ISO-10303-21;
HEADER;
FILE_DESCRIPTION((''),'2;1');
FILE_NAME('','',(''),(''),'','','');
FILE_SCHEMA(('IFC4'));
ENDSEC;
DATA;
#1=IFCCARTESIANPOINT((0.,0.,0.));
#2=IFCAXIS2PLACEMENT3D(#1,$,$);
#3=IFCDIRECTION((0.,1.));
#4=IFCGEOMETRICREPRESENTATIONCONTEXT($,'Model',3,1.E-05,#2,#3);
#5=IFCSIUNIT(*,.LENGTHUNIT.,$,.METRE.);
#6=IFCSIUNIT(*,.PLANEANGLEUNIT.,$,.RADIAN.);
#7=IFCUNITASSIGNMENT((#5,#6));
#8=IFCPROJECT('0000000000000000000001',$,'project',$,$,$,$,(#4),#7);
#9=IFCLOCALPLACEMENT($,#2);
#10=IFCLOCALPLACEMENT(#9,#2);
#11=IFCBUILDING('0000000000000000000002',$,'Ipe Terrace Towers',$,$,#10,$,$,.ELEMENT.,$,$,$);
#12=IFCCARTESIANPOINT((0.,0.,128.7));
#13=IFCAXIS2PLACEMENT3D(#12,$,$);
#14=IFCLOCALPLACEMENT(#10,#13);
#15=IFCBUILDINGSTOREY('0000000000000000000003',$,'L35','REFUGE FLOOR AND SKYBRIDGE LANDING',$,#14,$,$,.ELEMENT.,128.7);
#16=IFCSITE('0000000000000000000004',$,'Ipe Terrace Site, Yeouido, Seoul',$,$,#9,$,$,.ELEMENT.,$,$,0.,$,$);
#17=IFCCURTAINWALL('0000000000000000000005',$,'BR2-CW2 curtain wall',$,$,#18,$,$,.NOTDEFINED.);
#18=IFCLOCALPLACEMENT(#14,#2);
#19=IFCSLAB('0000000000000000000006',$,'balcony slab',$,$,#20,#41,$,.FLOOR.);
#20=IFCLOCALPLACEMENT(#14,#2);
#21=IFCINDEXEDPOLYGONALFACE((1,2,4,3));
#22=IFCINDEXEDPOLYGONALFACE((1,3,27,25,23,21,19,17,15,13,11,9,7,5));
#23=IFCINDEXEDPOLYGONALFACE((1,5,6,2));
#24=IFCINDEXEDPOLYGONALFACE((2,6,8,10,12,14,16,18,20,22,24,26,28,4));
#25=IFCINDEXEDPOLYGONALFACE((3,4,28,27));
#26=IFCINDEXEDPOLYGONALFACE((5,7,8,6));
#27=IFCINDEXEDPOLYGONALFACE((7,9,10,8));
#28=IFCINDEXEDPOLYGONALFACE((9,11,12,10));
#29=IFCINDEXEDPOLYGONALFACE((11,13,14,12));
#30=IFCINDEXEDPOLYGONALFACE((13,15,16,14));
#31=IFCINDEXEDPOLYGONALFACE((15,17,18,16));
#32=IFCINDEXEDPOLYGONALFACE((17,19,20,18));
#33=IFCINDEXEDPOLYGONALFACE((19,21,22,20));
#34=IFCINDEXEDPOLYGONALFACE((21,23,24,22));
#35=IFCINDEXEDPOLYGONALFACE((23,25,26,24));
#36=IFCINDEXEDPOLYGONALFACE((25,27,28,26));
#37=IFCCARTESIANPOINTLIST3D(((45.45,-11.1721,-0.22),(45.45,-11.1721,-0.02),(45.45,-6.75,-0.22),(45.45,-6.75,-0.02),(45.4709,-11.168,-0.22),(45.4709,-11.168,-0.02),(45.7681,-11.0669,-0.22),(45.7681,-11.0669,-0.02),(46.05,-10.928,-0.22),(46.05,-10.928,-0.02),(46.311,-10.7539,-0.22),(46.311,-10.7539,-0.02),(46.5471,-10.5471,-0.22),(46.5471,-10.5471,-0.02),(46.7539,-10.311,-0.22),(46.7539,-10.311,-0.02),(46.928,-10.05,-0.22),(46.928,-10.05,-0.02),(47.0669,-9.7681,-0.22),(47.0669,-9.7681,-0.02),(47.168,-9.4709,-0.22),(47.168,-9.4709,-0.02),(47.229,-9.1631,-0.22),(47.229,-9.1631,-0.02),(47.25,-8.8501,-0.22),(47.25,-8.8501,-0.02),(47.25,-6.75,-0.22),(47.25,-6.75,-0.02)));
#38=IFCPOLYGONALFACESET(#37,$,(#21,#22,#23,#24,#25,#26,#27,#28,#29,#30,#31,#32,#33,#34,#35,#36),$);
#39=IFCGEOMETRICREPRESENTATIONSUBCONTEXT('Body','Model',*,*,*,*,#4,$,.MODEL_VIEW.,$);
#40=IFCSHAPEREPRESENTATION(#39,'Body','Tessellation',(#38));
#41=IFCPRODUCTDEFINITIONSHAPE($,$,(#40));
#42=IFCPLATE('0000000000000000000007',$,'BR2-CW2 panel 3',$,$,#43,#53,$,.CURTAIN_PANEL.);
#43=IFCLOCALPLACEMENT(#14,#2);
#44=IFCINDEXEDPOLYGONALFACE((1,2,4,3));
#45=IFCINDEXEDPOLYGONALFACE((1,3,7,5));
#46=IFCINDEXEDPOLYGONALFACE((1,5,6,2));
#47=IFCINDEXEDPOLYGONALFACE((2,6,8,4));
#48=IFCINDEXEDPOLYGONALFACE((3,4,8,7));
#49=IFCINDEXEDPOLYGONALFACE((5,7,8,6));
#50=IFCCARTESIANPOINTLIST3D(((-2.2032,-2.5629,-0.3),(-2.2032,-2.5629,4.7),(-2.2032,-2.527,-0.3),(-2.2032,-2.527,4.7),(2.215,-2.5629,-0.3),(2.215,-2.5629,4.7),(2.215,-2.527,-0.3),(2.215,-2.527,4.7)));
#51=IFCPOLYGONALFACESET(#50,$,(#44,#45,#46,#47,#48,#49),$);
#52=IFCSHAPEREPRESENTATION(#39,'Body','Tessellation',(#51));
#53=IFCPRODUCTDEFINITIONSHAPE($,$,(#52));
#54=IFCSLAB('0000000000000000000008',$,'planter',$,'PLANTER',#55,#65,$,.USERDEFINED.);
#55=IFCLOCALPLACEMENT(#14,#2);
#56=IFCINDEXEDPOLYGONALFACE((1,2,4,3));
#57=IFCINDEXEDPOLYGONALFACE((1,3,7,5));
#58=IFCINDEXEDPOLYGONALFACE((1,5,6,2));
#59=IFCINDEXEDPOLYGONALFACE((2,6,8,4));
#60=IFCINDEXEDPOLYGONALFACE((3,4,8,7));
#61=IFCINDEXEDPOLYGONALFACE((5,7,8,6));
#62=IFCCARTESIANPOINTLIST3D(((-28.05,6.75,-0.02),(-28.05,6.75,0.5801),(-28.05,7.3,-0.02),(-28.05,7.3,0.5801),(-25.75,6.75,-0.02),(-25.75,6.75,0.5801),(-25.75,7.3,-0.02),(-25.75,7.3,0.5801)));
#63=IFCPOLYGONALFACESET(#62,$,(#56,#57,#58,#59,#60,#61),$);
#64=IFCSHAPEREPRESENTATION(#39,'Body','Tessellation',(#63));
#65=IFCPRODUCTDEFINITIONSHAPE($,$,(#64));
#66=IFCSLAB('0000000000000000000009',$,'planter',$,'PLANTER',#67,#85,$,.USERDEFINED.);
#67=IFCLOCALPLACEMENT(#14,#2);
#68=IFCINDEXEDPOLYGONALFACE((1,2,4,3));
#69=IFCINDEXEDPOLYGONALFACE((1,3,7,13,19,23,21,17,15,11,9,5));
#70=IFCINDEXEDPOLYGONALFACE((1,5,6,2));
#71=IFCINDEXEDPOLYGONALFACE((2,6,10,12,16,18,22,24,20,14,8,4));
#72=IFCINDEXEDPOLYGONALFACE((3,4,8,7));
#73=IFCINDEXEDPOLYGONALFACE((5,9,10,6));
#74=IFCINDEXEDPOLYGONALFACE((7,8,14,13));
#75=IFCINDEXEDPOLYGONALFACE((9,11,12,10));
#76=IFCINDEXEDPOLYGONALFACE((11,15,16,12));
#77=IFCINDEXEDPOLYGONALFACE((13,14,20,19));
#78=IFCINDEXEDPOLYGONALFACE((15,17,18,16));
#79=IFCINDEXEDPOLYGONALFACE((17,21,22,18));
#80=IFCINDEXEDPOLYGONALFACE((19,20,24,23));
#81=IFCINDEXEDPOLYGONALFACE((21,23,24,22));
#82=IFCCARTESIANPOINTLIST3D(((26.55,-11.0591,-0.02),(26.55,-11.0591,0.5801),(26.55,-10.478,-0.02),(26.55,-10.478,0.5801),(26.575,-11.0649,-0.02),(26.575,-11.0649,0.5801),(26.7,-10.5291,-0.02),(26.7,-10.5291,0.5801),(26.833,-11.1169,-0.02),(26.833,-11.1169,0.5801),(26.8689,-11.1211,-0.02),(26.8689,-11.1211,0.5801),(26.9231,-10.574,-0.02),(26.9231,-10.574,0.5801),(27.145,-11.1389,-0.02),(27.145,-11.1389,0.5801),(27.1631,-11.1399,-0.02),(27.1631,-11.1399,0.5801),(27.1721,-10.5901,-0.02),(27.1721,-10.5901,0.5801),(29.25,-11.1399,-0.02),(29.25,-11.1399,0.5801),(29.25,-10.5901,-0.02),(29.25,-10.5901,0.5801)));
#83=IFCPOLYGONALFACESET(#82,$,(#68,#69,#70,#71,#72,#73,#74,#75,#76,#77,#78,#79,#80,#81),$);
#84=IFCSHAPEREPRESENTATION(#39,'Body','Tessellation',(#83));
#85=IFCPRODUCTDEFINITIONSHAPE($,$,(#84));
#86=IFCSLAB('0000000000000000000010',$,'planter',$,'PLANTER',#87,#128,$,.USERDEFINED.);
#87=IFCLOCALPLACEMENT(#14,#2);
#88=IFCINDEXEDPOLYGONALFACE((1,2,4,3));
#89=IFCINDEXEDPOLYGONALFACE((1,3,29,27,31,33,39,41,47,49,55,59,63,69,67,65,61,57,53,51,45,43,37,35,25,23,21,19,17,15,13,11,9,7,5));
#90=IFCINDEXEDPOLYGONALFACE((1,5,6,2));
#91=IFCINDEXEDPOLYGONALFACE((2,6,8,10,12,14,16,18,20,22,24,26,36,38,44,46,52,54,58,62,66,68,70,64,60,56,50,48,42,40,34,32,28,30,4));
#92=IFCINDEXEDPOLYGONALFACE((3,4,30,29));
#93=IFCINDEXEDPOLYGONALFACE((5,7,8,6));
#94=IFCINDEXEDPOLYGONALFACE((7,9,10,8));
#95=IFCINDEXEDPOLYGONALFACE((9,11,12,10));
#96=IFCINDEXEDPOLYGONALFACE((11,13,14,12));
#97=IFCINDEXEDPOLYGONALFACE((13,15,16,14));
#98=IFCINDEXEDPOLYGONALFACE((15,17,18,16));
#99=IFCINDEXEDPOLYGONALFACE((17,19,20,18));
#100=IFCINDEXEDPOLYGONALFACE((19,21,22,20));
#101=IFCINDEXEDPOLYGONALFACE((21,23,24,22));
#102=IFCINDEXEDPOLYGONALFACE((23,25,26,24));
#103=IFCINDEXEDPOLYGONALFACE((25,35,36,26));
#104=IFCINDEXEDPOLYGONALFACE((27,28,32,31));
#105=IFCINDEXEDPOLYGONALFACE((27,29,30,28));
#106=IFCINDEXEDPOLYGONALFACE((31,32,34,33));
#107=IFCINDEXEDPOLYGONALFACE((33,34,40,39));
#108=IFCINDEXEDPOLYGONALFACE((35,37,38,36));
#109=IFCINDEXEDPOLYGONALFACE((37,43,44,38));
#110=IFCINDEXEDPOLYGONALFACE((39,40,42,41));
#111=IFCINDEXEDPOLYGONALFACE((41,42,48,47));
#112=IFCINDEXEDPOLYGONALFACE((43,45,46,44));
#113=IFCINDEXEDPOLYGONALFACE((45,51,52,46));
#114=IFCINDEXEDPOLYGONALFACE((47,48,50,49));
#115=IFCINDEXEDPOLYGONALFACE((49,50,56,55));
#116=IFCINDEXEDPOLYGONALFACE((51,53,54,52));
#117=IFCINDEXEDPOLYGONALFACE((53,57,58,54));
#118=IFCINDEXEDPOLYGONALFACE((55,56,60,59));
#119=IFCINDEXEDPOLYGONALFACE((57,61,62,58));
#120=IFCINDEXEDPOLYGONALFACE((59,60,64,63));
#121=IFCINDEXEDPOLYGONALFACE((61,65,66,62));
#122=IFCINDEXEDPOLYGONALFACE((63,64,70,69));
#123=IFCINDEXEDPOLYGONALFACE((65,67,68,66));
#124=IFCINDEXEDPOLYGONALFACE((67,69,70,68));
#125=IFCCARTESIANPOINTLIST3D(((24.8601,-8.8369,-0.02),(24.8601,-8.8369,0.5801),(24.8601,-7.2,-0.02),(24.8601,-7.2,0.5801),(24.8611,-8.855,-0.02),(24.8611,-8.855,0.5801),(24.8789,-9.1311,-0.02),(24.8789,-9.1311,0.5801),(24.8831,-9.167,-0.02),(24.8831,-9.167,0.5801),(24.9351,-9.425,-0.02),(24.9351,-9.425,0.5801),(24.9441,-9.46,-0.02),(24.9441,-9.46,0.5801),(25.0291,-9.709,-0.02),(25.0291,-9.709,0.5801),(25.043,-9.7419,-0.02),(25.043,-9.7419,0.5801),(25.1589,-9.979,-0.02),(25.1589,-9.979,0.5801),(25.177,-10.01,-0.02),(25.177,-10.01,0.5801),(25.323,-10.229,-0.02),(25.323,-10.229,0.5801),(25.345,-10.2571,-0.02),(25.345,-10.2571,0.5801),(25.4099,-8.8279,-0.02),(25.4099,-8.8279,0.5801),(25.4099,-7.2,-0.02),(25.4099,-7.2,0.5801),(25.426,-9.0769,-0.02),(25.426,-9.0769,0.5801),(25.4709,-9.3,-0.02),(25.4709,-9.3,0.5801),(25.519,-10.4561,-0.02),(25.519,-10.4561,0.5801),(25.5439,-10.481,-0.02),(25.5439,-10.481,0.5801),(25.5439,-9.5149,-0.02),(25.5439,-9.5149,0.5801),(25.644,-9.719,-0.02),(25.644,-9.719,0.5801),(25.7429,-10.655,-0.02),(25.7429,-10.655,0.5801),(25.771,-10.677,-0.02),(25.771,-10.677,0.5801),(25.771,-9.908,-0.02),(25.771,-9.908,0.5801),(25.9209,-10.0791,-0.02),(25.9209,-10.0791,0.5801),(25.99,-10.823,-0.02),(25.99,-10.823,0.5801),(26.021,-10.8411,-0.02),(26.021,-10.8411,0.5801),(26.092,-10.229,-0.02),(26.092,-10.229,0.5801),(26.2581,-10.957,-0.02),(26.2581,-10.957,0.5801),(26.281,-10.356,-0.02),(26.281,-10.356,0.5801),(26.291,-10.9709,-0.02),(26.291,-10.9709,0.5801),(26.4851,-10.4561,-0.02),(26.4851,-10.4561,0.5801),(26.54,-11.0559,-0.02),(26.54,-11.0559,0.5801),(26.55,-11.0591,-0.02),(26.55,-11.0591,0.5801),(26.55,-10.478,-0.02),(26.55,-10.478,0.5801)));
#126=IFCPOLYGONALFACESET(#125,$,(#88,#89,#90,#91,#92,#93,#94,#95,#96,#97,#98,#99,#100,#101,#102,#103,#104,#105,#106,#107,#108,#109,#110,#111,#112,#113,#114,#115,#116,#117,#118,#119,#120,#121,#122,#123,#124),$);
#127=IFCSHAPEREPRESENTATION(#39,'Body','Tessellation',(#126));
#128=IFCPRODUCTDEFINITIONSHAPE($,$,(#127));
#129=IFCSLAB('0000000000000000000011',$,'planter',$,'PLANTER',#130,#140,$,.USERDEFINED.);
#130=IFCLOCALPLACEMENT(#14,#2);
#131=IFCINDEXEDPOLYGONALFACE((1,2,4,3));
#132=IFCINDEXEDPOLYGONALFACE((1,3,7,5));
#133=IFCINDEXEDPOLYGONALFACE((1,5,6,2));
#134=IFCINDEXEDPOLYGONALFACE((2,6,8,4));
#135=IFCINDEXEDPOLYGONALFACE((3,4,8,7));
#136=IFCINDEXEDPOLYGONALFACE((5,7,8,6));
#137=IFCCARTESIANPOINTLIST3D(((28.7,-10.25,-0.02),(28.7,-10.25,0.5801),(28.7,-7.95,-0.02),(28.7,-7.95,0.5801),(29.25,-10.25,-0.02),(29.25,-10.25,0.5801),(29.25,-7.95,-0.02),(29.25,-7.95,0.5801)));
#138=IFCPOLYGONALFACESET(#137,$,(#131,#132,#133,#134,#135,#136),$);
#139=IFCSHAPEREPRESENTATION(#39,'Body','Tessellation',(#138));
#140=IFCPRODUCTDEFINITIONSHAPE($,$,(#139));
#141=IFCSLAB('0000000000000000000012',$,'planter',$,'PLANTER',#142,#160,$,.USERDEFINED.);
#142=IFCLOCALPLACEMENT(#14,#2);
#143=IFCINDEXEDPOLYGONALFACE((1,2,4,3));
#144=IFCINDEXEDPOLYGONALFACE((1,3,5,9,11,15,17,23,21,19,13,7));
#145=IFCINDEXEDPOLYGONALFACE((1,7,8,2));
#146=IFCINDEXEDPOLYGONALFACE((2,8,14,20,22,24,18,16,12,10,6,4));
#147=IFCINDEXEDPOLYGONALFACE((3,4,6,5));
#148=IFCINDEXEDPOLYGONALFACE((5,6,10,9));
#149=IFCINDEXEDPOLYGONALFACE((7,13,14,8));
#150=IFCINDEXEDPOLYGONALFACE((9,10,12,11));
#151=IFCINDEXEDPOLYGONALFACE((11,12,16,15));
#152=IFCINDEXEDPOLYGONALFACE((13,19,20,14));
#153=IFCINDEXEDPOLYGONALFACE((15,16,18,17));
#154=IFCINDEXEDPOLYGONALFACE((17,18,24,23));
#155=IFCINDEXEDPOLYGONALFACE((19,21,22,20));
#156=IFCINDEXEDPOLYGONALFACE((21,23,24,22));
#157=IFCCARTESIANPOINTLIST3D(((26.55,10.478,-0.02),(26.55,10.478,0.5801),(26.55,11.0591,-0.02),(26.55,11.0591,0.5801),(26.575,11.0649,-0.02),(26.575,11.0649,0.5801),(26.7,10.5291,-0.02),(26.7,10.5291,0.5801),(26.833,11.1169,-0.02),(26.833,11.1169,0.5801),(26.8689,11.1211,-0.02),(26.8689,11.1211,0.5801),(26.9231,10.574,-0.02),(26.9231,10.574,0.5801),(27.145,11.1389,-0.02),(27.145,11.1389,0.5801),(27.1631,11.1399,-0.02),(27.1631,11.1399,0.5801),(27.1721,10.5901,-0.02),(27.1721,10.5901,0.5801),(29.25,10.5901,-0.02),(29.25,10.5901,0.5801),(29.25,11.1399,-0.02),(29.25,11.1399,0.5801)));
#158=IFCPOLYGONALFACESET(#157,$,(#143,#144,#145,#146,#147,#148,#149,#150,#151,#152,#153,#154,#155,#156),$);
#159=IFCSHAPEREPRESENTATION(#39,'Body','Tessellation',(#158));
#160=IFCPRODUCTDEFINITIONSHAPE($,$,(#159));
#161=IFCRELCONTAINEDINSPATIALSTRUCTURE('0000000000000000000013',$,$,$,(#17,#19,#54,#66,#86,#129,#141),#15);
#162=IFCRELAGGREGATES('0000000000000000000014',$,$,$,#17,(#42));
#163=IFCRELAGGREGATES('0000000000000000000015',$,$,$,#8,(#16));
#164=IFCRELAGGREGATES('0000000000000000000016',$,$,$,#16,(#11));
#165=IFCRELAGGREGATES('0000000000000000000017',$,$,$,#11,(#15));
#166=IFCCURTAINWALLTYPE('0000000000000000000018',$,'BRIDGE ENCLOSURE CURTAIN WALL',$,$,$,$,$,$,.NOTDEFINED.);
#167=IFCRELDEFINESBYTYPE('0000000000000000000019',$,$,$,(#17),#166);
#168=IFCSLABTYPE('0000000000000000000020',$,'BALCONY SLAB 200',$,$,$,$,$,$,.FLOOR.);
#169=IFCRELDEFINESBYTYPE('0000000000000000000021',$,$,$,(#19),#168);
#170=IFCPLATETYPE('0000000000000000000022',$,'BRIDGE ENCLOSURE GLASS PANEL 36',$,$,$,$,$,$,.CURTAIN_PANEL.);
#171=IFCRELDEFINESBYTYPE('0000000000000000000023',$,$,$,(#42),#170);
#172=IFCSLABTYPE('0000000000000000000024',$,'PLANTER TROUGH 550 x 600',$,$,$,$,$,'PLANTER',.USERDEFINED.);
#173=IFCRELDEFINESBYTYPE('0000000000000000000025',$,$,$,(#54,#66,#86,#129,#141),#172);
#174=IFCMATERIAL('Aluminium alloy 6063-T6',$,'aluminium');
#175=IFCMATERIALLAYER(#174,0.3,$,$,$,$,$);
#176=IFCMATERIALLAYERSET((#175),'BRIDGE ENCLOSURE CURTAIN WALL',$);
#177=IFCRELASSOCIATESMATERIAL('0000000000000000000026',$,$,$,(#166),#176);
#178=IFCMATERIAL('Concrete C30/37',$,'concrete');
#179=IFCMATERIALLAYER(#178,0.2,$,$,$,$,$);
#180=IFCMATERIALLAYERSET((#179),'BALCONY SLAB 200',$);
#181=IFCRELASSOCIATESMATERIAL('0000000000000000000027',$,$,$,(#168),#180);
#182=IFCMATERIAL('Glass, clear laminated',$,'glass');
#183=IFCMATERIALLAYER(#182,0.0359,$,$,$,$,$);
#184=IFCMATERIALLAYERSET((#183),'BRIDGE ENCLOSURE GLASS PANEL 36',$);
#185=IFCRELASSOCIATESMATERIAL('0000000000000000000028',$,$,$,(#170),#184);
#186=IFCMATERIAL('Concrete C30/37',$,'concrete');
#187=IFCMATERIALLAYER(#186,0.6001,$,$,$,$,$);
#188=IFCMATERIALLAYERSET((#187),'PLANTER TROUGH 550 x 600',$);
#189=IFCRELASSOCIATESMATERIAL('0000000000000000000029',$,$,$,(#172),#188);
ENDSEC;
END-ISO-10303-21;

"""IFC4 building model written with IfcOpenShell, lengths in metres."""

from ifc_helpers import new_model, si_unit, direction, frame, origin, origin_2d, place, context, subcontext, project, spatial, polyline, rectangle, outline, extrude, material, layer, layer_set, type_object, element, aggregate, save


model = new_model("IFC4")

# Units and contexts
model_context = context("Model", 3, precision=1e-05, world=origin(), true_north=direction((0.0, 1.0)))
body_context = subcontext(model_context, "Body", "Model", "MODEL_VIEW")
ifc_project = project(units=[si_unit("LENGTHUNIT", "METRE"), si_unit("PLANEANGLEUNIT", "RADIAN")], contexts=[model_context])

# Site, building, storey
site_placement = place(None, origin())
site = spatial("IfcSite", under=ifc_project, at=site_placement, Name="Ipe Terrace Site, Yeouido, Seoul", CompositionType="ELEMENT", RefElevation=0.0)
building_placement = place(site_placement, origin())
building = spatial("IfcBuilding", under=site, at=building_placement, Name="Ipe Terrace Towers", CompositionType="ELEMENT")
storey_placement = place(building_placement, frame((0.0, 0.0, 128.7)))
storey = spatial("IfcBuildingStorey", under=building, at=storey_placement, Name="L35", Description="REFUGE FLOOR AND SKYBRIDGE LANDING", CompositionType="ELEMENT", Elevation=128.7)

# Curtain wall
ifc_material_1 = material(Name="Aluminium alloy 6063-T6", Category="aluminium")
ifc_layer_1 = layer(ifc_material_1, 0.3)
ifc_layer_set_1 = layer_set([ifc_layer_1], Name="BRIDGE ENCLOSURE CURTAIN WALL")
curtain_wall_type = type_object("IfcCurtainWallType", Name="BRIDGE ENCLOSURE CURTAIN WALL", PredefinedType="NOTDEFINED", material=ifc_layer_set_1)
curtain_wall_placement = place(storey_placement, origin())
curtain_wall = element("IfcCurtainWall", 1, at=curtain_wall_placement, inside=storey, type_object=curtain_wall_type, Name="BR2-CW2 curtain wall", PredefinedType="NOTDEFINED")

# Slab
ifc_material_2 = material(Name="Concrete C30/37", Category="concrete")
ifc_layer_2 = layer(ifc_material_2, 0.2)
ifc_layer_set_2 = layer_set([ifc_layer_2], Name="BALCONY SLAB 200")
slab_type_1 = type_object("IfcSlabType", Name="BALCONY SLAB 200", PredefinedType="FLOOR", material=ifc_layer_set_2)
slab_1_placement = place(storey_placement, frame((0.0, 0.0, -0.22)))
element("IfcSlab", 2, at=slab_1_placement, inside=storey, type_object=slab_type_1, Name="balcony slab", PredefinedType="FLOOR", context=body_context, shape_type="SweptSolid", body=[
    extrude(outline(polyline([(47.25, -6.75), (45.45, -6.75), (45.45, -11.1721), (45.4709, -11.168), (45.7681, -11.0669), (46.05, -10.928), (46.311, -10.7539), (46.5471, -10.5471), (46.7539, -10.311), (46.928, -10.05), (47.0669, -9.7681), (47.168, -9.4709), (47.229, -9.1631), (47.25, -8.8501), (47.25, -6.75)])), origin(), (0.0, 0.0, 1.0), 0.2),
])

# Plate
ifc_material_3 = material(Name="Glass, clear laminated", Category="glass")
ifc_layer_3 = layer(ifc_material_3, 0.0359)
ifc_layer_set_3 = layer_set([ifc_layer_3], Name="BRIDGE ENCLOSURE GLASS PANEL 36")
plate_type = type_object("IfcPlateType", Name="BRIDGE ENCLOSURE GLASS PANEL 36", PredefinedType="CURTAIN_PANEL", material=ifc_layer_set_3)
plate_placement = place(storey_placement, frame((0.0059, -2.5449, -0.3), z_axis=(0.0, 0.0, 1.0), x_axis=(1.0, 0.0, 0.0)))
plate = element("IfcPlate", 3, at=plate_placement, type_object=plate_type, Name="BR2-CW2 panel 3", PredefinedType="CURTAIN_PANEL", context=body_context, shape_type="SweptSolid", body=[
    extrude(rectangle(XDim=4.4182, YDim=0.0359, at=origin_2d()), origin(), (0.0, 0.0, 1.0), 5.0),
])
aggregate(curtain_wall, [plate])

# Slabs
ifc_material_4 = material(Name="Concrete C30/37", Category="concrete")
ifc_layer_4 = layer(ifc_material_4, 0.6001)
ifc_layer_set_4 = layer_set([ifc_layer_4], Name="PLANTER TROUGH 550 x 600")
slab_type_2 = type_object("IfcSlabType", Name="PLANTER TROUGH 550 x 600", ElementType="PLANTER", PredefinedType="USERDEFINED", material=ifc_layer_set_4)
slab_2_placement = place(storey_placement, frame((0.0, 0.0, -0.02)))
element("IfcSlab", 4, at=slab_2_placement, inside=storey, type_object=slab_type_2, Name="planter", ObjectType="PLANTER", PredefinedType="USERDEFINED", context=body_context, shape_type="SweptSolid", body=[
    extrude(outline(polyline([(-28.05, 6.75), (-25.75, 6.75), (-25.75, 7.3), (-28.05, 7.3), (-28.05, 6.75)])), origin(), (0.0, 0.0, 1.0), 0.6001),
])
slab_3_placement = place(storey_placement, frame((0.0, 0.0, -0.02)))
element("IfcSlab", 5, at=slab_3_placement, inside=storey, type_object=slab_type_2, Name="planter", ObjectType="PLANTER", PredefinedType="USERDEFINED", context=body_context, shape_type="SweptSolid", body=[
    extrude(outline(polyline([(26.7, -10.5291), (26.55, -10.478), (26.55, -11.0591), (26.575, -11.0649), (26.833, -11.1169), (26.8689, -11.1211), (27.145, -11.1389), (27.1631, -11.1399), (29.25, -11.1399), (29.25, -10.5901), (27.1721, -10.5901), (26.9231, -10.574), (26.7, -10.5291)])), origin(), (0.0, 0.0, 1.0), 0.6001),
])
slab_4_placement = place(storey_placement, frame((0.0, 0.0, -0.02)))
element("IfcSlab", 6, at=slab_4_placement, inside=storey, type_object=slab_type_2, Name="planter", ObjectType="PLANTER", PredefinedType="USERDEFINED", context=body_context, shape_type="SweptSolid", body=[
    extrude(outline(polyline([(26.4851, -10.4561), (26.281, -10.356), (26.092, -10.229), (25.9209, -10.0791), (25.771, -9.908), (25.644, -9.719), (25.5439, -9.5149), (25.4709, -9.3), (25.426, -9.0769), (25.4099, -8.8279), (25.4099, -7.2), (24.8601, -7.2), (24.8601, -8.8369), (24.8611, -8.855), (24.8789, -9.1311), (24.8831, -9.167), (24.9351, -9.425), (24.9441, -9.46), (25.0291, -9.709), (25.043, -9.7419), (25.1589, -9.979), (25.177, -10.01), (25.323, -10.229), (25.345, -10.2571), (25.519, -10.4561), (25.5439, -10.481), (25.7429, -10.655), (25.771, -10.677), (25.99, -10.823), (26.021, -10.8411), (26.2581, -10.957), (26.291, -10.9709), (26.54, -11.0559), (26.55, -11.0591), (26.55, -10.478), (26.4851, -10.4561)])), origin(), (0.0, 0.0, 1.0), 0.6001),
])
slab_5_placement = place(storey_placement, frame((0.0, 0.0, -0.02)))
element("IfcSlab", 7, at=slab_5_placement, inside=storey, type_object=slab_type_2, Name="planter", ObjectType="PLANTER", PredefinedType="USERDEFINED", context=body_context, shape_type="SweptSolid", body=[
    extrude(outline(polyline([(29.25, -7.95), (28.7, -7.95), (28.7, -10.25), (29.25, -10.25), (29.25, -7.95)])), origin(), (0.0, 0.0, 1.0), 0.6001),
])
slab_6_placement = place(storey_placement, frame((0.0, 0.0, -0.02)))
element("IfcSlab", 8, at=slab_6_placement, inside=storey, type_object=slab_type_2, Name="planter", ObjectType="PLANTER", PredefinedType="USERDEFINED", context=body_context, shape_type="SweptSolid", body=[
    extrude(outline(polyline([(26.7, 10.5291), (26.9231, 10.574), (27.1721, 10.5901), (29.25, 10.5901), (29.25, 11.1399), (27.1631, 11.1399), (27.145, 11.1389), (26.8689, 11.1211), (26.833, 11.1169), (26.575, 11.0649), (26.55, 11.0591), (26.55, 10.478), (26.7, 10.5291)])), origin(), (0.0, 0.0, 1.0), 0.6001),
])

save(model, "model.ifc")
